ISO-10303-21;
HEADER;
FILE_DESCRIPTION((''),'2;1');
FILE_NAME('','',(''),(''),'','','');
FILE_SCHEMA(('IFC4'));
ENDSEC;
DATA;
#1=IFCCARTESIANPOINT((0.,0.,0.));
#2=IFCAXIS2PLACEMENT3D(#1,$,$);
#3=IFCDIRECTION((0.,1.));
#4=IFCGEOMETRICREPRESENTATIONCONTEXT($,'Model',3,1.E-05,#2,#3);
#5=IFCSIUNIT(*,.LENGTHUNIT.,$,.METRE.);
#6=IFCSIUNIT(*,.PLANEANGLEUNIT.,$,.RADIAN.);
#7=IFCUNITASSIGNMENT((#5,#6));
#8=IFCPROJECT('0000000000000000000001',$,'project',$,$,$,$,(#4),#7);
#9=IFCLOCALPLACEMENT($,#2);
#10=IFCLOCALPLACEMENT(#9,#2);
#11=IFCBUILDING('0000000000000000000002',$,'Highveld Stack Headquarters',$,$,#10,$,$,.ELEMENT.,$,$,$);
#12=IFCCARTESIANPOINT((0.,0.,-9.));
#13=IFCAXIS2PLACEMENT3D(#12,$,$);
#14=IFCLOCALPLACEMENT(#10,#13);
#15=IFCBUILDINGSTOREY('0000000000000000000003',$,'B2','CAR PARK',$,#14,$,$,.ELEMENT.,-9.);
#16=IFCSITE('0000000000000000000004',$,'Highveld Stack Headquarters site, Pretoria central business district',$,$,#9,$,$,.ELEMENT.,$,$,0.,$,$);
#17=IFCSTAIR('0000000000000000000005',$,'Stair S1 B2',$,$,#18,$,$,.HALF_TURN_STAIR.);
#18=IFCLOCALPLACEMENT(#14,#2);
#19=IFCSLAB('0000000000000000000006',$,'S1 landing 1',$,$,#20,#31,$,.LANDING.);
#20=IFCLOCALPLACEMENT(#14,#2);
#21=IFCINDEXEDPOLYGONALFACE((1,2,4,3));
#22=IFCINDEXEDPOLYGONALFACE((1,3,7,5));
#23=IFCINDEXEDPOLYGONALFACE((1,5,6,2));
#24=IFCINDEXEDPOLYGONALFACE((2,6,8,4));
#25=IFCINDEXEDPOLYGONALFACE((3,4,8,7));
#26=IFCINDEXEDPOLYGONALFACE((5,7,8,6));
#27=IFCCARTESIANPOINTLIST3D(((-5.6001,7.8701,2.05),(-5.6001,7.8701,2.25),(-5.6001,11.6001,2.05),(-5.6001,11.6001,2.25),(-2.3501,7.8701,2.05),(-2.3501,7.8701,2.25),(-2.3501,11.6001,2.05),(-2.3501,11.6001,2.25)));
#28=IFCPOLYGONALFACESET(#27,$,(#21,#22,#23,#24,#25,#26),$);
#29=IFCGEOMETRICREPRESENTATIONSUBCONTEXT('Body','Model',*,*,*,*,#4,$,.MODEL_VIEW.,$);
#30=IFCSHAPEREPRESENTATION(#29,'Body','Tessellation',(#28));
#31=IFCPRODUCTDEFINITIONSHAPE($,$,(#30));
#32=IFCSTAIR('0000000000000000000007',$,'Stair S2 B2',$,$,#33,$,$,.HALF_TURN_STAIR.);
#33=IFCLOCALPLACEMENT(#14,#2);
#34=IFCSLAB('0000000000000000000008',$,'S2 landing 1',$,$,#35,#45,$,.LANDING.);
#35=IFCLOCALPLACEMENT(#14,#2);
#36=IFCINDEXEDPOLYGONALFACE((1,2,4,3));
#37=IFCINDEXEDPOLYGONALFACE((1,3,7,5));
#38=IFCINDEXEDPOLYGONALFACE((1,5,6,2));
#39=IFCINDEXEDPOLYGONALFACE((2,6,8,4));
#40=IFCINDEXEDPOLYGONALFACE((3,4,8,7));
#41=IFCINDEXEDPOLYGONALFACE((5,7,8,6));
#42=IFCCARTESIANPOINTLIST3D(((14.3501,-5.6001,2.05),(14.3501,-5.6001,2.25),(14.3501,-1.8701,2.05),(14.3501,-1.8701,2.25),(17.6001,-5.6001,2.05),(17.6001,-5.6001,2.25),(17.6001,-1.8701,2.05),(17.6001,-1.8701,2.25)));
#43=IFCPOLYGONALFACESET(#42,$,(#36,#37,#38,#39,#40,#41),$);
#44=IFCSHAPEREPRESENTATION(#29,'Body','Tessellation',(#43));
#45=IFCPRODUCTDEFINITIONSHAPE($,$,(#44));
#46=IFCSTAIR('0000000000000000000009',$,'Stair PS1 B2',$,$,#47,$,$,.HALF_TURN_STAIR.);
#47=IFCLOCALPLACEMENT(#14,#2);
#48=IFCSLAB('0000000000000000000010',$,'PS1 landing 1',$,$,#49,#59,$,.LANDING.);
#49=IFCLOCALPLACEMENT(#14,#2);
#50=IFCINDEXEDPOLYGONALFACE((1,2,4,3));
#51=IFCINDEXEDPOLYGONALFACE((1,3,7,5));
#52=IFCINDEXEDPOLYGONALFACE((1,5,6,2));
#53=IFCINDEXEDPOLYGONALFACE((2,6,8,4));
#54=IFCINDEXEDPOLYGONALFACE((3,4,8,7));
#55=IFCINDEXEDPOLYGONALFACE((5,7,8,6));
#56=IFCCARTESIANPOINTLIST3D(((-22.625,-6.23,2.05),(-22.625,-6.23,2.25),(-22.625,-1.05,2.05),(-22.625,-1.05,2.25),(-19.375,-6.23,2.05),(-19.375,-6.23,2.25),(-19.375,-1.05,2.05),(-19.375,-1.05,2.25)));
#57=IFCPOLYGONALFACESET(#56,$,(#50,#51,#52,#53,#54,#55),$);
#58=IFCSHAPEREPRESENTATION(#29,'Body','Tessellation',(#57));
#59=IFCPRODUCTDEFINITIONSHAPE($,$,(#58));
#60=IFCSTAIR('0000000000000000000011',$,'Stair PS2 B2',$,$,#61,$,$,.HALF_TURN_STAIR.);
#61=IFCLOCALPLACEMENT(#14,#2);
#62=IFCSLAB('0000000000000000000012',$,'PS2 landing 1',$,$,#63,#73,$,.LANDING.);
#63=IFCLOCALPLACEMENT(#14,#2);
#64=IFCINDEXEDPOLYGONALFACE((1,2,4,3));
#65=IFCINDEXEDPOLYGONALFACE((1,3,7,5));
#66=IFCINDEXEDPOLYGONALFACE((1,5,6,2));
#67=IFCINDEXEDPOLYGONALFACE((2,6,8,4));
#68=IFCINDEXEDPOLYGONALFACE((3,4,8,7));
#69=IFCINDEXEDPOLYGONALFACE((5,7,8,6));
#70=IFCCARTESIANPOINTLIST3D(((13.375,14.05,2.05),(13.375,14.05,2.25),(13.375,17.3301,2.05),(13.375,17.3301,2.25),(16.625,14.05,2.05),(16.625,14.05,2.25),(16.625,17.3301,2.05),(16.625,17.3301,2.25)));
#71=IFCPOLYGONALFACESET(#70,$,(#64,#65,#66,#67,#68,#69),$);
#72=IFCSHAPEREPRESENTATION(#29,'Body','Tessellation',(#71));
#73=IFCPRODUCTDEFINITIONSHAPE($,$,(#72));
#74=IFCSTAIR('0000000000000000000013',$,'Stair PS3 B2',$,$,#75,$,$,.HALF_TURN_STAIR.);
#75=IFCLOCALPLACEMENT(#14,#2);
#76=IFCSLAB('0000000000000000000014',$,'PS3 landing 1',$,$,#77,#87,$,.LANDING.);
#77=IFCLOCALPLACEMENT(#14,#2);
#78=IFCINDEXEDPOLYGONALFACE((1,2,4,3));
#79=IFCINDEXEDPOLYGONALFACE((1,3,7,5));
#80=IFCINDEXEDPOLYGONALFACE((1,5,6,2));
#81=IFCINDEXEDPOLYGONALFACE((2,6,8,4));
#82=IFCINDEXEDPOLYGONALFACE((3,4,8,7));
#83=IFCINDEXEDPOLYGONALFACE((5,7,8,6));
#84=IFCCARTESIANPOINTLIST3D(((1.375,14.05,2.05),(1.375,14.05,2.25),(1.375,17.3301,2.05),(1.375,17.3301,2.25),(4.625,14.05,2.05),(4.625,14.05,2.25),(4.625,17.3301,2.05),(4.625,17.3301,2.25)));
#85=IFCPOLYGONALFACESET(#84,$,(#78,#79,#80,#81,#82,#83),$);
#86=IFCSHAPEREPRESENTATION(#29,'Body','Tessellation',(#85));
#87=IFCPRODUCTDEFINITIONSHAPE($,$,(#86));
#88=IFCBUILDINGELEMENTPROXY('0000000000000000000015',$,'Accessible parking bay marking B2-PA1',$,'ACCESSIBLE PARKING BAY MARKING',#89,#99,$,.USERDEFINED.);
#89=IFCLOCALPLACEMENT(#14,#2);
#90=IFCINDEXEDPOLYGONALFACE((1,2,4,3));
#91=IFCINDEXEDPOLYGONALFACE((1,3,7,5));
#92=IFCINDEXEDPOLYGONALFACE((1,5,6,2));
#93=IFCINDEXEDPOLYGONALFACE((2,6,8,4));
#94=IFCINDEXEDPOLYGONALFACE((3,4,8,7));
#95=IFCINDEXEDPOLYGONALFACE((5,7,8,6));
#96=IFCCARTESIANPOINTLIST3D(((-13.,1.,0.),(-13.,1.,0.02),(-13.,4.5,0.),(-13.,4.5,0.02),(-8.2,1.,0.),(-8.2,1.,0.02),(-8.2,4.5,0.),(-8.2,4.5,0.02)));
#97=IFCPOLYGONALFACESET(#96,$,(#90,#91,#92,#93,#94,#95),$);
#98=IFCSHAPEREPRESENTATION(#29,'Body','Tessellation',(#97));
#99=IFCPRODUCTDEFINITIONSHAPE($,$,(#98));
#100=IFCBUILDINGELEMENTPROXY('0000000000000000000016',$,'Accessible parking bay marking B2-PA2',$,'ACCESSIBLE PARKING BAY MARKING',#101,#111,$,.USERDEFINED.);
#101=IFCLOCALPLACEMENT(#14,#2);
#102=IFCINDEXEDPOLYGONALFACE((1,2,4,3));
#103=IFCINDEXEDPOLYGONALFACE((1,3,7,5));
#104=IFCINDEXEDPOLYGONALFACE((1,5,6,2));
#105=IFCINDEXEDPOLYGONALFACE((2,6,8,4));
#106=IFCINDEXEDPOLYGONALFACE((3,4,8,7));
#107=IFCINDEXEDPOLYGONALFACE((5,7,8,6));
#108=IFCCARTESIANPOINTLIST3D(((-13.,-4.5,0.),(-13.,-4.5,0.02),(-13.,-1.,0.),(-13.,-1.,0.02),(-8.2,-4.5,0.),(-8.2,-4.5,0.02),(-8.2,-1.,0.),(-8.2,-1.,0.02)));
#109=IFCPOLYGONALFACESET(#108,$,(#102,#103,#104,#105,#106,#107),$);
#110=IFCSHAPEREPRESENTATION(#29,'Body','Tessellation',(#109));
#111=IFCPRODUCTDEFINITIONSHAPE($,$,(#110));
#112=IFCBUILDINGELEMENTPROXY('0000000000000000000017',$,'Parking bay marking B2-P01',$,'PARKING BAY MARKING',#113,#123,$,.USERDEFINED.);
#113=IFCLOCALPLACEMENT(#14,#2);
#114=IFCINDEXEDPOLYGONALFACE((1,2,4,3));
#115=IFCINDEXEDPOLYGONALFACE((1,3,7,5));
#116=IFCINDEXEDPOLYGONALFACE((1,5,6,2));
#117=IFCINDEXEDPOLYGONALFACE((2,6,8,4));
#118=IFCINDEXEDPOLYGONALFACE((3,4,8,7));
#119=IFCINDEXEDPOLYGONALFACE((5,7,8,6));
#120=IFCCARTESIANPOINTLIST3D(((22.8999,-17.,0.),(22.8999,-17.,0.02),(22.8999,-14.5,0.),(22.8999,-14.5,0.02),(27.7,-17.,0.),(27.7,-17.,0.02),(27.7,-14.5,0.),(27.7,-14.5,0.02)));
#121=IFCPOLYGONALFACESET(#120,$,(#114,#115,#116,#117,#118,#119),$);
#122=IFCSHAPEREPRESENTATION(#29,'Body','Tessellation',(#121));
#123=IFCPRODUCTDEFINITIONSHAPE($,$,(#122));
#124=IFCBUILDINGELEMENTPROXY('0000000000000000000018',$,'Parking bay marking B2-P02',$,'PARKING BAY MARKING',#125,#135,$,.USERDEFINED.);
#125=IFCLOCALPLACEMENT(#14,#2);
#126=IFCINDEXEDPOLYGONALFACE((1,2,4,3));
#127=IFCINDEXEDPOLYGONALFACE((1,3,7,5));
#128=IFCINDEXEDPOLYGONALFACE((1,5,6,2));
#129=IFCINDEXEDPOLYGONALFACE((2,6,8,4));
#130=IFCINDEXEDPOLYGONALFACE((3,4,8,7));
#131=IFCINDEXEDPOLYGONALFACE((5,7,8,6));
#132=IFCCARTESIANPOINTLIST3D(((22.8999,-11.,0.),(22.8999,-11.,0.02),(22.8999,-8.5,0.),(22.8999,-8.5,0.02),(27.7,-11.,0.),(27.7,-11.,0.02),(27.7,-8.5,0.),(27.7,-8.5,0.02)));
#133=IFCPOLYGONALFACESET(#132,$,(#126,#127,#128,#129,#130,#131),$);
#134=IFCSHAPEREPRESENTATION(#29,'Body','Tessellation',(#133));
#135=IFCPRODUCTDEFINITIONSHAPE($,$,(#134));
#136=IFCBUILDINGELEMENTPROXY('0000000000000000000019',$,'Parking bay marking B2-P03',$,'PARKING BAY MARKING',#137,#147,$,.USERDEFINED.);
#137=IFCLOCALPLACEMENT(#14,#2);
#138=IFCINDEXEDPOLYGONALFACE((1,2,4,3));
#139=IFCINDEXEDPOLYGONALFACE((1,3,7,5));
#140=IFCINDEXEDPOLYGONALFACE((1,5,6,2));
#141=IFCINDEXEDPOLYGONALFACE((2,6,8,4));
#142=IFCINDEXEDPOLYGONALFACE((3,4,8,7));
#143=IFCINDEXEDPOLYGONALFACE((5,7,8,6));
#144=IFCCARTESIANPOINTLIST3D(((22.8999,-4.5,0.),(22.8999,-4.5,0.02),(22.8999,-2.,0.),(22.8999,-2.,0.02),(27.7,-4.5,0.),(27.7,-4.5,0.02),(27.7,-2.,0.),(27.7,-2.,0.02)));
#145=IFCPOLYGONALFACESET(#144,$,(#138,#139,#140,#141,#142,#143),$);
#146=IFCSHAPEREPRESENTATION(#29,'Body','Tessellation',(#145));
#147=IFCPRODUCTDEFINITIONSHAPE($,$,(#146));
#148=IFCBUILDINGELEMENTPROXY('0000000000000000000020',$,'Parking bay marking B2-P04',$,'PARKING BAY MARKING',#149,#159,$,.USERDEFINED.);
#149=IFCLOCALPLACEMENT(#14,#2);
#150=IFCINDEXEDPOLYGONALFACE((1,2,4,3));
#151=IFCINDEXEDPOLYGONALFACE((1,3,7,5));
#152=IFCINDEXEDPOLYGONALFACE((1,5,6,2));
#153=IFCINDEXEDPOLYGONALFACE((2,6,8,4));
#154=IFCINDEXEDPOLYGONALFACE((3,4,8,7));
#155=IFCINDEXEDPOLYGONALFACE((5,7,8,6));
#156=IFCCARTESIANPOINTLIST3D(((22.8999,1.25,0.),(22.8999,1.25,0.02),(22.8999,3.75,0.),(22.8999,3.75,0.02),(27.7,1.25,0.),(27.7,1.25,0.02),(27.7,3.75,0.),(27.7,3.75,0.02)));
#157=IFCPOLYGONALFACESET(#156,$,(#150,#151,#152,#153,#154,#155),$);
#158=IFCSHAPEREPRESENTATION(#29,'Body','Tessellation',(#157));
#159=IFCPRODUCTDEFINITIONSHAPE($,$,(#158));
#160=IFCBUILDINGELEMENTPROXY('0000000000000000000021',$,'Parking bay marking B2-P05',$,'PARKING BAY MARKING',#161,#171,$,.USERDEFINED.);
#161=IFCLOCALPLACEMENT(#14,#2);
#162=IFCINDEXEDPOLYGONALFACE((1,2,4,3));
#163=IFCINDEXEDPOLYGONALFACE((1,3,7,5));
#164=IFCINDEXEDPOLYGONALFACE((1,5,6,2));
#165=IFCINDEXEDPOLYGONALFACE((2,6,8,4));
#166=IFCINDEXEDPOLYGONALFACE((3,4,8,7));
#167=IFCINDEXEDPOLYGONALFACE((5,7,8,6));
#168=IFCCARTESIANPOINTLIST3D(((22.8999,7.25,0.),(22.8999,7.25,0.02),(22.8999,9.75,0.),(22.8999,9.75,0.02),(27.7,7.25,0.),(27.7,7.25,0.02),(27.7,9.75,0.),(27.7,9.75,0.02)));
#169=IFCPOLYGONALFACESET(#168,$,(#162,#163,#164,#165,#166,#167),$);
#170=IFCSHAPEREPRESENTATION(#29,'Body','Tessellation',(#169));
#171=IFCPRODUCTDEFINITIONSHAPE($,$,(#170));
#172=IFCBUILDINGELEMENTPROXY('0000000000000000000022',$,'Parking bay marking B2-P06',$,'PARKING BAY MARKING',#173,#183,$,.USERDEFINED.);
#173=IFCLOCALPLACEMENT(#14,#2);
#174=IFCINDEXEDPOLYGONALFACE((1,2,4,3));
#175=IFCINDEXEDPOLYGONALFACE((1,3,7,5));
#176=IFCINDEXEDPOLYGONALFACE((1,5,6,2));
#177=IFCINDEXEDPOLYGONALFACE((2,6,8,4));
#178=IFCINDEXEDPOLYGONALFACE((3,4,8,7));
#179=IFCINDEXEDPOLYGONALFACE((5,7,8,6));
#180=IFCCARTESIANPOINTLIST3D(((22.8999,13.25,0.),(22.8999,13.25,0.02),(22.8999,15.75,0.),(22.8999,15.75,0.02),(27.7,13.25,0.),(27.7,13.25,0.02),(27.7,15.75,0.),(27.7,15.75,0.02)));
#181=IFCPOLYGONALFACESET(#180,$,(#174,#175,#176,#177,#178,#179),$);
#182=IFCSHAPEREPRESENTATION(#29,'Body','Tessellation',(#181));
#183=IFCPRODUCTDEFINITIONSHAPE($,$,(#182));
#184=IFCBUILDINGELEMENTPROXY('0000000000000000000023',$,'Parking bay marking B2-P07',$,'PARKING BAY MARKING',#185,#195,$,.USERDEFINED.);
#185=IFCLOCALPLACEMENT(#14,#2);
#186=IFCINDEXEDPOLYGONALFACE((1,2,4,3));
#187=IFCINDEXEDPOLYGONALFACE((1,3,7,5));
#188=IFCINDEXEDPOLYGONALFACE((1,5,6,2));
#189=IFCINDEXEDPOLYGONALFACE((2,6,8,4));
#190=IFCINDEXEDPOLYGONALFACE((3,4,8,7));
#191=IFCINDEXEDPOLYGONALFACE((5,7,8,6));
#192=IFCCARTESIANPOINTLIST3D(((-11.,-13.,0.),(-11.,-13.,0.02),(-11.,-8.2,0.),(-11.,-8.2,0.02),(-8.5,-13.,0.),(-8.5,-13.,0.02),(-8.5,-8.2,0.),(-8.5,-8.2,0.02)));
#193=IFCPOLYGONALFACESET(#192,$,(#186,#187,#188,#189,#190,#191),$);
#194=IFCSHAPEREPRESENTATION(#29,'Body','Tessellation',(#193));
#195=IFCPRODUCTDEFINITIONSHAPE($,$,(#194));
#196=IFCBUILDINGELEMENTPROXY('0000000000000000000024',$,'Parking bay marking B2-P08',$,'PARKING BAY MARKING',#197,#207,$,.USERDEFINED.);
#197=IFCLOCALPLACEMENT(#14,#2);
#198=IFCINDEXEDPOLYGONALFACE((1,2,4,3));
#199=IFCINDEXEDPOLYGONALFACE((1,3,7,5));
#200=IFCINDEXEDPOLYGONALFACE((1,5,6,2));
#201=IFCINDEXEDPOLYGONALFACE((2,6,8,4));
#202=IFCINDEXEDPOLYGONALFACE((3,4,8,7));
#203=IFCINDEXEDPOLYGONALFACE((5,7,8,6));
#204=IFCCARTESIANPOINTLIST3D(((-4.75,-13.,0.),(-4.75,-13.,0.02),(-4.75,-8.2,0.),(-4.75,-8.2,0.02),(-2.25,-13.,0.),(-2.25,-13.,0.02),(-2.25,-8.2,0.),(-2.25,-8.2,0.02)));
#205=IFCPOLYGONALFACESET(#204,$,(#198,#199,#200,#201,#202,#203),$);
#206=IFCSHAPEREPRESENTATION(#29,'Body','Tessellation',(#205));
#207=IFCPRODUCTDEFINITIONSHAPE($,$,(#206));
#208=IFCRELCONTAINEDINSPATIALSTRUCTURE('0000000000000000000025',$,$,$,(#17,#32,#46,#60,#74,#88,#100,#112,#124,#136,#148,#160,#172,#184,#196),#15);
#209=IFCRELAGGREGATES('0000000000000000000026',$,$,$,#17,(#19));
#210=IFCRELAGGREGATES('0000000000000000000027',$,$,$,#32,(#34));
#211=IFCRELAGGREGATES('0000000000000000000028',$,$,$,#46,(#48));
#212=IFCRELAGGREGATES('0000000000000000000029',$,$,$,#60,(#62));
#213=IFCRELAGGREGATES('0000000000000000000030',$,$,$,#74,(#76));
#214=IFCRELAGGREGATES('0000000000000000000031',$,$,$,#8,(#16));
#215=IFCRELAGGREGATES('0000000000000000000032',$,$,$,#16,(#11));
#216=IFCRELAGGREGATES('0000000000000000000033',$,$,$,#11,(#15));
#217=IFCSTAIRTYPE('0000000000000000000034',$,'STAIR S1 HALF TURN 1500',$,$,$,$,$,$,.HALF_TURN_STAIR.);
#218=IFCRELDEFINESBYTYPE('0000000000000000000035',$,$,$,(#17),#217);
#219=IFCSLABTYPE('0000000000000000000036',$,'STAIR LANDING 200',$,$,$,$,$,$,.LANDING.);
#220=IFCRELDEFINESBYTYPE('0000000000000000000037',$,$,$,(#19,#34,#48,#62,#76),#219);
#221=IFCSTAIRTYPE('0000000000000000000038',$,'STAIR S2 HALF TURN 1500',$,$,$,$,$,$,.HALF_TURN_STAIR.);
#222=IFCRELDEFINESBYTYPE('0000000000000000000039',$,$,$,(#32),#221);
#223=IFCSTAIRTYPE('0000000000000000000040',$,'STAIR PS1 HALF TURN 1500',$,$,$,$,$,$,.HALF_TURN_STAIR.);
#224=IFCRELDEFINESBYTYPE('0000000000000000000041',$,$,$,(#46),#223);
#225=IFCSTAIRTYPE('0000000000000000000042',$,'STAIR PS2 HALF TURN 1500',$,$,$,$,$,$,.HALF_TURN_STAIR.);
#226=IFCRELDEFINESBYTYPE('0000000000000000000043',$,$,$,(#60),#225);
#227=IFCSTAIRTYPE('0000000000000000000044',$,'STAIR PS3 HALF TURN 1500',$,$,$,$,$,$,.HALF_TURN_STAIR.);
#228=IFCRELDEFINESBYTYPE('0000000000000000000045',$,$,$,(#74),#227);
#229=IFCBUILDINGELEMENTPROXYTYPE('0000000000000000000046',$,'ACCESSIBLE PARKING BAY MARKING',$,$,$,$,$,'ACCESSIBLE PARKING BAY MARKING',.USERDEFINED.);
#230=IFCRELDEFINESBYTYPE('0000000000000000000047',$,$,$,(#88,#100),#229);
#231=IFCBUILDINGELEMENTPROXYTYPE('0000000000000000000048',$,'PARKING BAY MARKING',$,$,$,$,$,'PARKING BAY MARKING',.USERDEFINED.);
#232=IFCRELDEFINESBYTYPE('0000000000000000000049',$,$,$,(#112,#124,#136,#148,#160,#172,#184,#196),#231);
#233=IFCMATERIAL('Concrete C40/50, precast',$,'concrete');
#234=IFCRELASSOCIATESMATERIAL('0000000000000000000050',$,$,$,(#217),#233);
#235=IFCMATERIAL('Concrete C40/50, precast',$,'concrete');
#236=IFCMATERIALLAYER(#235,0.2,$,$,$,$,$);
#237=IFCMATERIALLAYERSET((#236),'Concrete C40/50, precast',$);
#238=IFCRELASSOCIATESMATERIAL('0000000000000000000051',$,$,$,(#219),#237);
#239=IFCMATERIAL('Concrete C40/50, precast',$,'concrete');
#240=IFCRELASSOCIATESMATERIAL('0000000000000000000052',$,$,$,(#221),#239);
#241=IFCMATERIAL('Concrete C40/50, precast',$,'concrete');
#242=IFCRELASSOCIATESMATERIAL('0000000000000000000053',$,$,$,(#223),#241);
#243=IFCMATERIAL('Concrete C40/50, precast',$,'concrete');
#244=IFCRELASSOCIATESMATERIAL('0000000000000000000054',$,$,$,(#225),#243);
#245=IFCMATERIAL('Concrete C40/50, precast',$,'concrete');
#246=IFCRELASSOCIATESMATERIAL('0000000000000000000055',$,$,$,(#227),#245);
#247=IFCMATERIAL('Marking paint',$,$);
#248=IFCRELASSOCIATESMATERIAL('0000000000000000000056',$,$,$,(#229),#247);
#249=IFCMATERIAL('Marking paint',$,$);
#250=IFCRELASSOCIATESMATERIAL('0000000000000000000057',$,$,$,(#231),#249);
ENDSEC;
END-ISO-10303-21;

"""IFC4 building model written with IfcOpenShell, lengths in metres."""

from ifc_helpers import new_model, si_unit, direction, frame, origin, place, context, subcontext, project, spatial, polyline, outline, extrude, material, layer, layer_set, type_object, element, aggregate, save


model = new_model("IFC4")

# Units and contexts
model_context = context("Model", 3, precision=1e-05, world=origin(), true_north=direction((0.0, 1.0)))
body_context = subcontext(model_context, "Body", "Model", "MODEL_VIEW")
ifc_project = project(units=[si_unit("LENGTHUNIT", "METRE"), si_unit("PLANEANGLEUNIT", "RADIAN")], contexts=[model_context])

# Site, building, storey
site_placement = place(None, origin())
site = spatial("IfcSite", under=ifc_project, at=site_placement, Name="Highveld Stack Headquarters site, Pretoria central business district", CompositionType="ELEMENT", RefElevation=0.0)
building_placement = place(site_placement, origin())
building = spatial("IfcBuilding", under=site, at=building_placement, Name="Highveld Stack Headquarters", CompositionType="ELEMENT")
storey_placement = place(building_placement, frame((0.0, 0.0, -9.0)))
storey = spatial("IfcBuildingStorey", under=building, at=storey_placement, Name="B2", Description="CAR PARK", CompositionType="ELEMENT", Elevation=-9.0)

# Stairs, slabs
ifc_material_1 = material(Name="Concrete C40/50, precast", Category="concrete")
stair_type_1 = type_object("IfcStairType", Name="STAIR S1 HALF TURN 1500", PredefinedType="HALF_TURN_STAIR", material=ifc_material_1)
stair_1_placement = place(storey_placement, origin())
stair_1 = element("IfcStair", 1, at=stair_1_placement, inside=storey, type_object=stair_type_1, Name="Stair S1 B2", PredefinedType="HALF_TURN_STAIR")
ifc_material_2 = material(Name="Concrete C40/50, precast", Category="concrete")
ifc_layer = layer(ifc_material_2, 0.2)
ifc_layer_set = layer_set([ifc_layer], Name="Concrete C40/50, precast")
slab_type = type_object("IfcSlabType", Name="STAIR LANDING 200", PredefinedType="LANDING", material=ifc_layer_set)
slab_1_placement = place(storey_placement, frame((0.0, 0.0, 2.05)))
slab_1 = element("IfcSlab", 2, at=slab_1_placement, type_object=slab_type, Name="S1 landing 1", PredefinedType="LANDING", context=body_context, shape_type="SweptSolid", body=[
    extrude(outline(polyline([(-5.6001, 7.8701), (-2.3501, 7.8701), (-2.3501, 11.6001), (-5.6001, 11.6001), (-5.6001, 7.8701)])), origin(), (0.0, 0.0, 1.0), 0.2),
])
aggregate(stair_1, [slab_1])
ifc_material_3 = material(Name="Concrete C40/50, precast", Category="concrete")
stair_type_2 = type_object("IfcStairType", Name="STAIR S2 HALF TURN 1500", PredefinedType="HALF_TURN_STAIR", material=ifc_material_3)
stair_2_placement = place(storey_placement, origin())
stair_2 = element("IfcStair", 3, at=stair_2_placement, inside=storey, type_object=stair_type_2, Name="Stair S2 B2", PredefinedType="HALF_TURN_STAIR")
slab_2_placement = place(storey_placement, frame((0.0, 0.0, 2.05)))
slab_2 = element("IfcSlab", 4, at=slab_2_placement, type_object=slab_type, Name="S2 landing 1", PredefinedType="LANDING", context=body_context, shape_type="SweptSolid", body=[
    extrude(outline(polyline([(14.3501, -5.6001), (17.6001, -5.6001), (17.6001, -1.8701), (14.3501, -1.8701), (14.3501, -5.6001)])), origin(), (0.0, 0.0, 1.0), 0.2),
])
aggregate(stair_2, [slab_2])
ifc_material_4 = material(Name="Concrete C40/50, precast", Category="concrete")
stair_type_3 = type_object("IfcStairType", Name="STAIR PS1 HALF TURN 1500", PredefinedType="HALF_TURN_STAIR", material=ifc_material_4)
stair_3_placement = place(storey_placement, origin())
stair_3 = element("IfcStair", 5, at=stair_3_placement, inside=storey, type_object=stair_type_3, Name="Stair PS1 B2", PredefinedType="HALF_TURN_STAIR")
slab_3_placement = place(storey_placement, frame((0.0, 0.0, 2.05)))
slab_3 = element("IfcSlab", 6, at=slab_3_placement, type_object=slab_type, Name="PS1 landing 1", PredefinedType="LANDING", context=body_context, shape_type="SweptSolid", body=[
    extrude(outline(polyline([(-22.625, -6.23), (-19.375, -6.23), (-19.375, -1.05), (-22.625, -1.05), (-22.625, -6.23)])), origin(), (0.0, 0.0, 1.0), 0.2),
])
aggregate(stair_3, [slab_3])
ifc_material_5 = material(Name="Concrete C40/50, precast", Category="concrete")
stair_type_4 = type_object("IfcStairType", Name="STAIR PS2 HALF TURN 1500", PredefinedType="HALF_TURN_STAIR", material=ifc_material_5)
stair_4_placement = place(storey_placement, origin())
stair_4 = element("IfcStair", 7, at=stair_4_placement, inside=storey, type_object=stair_type_4, Name="Stair PS2 B2", PredefinedType="HALF_TURN_STAIR")
slab_4_placement = place(storey_placement, frame((0.0, 0.0, 2.05)))
slab_4 = element("IfcSlab", 8, at=slab_4_placement, type_object=slab_type, Name="PS2 landing 1", PredefinedType="LANDING", context=body_context, shape_type="SweptSolid", body=[
    extrude(outline(polyline([(13.375, 14.05), (16.625, 14.05), (16.625, 17.3301), (13.375, 17.3301), (13.375, 14.05)])), origin(), (0.0, 0.0, 1.0), 0.2),
])
aggregate(stair_4, [slab_4])
ifc_material_6 = material(Name="Concrete C40/50, precast", Category="concrete")
stair_type_5 = type_object("IfcStairType", Name="STAIR PS3 HALF TURN 1500", PredefinedType="HALF_TURN_STAIR", material=ifc_material_6)
stair_5_placement = place(storey_placement, origin())
stair_5 = element("IfcStair", 9, at=stair_5_placement, inside=storey, type_object=stair_type_5, Name="Stair PS3 B2", PredefinedType="HALF_TURN_STAIR")
slab_5_placement = place(storey_placement, frame((0.0, 0.0, 2.05)))
slab_5 = element("IfcSlab", 10, at=slab_5_placement, type_object=slab_type, Name="PS3 landing 1", PredefinedType="LANDING", context=body_context, shape_type="SweptSolid", body=[
    extrude(outline(polyline([(1.375, 14.05), (4.625, 14.05), (4.625, 17.3301), (1.375, 17.3301), (1.375, 14.05)])), origin(), (0.0, 0.0, 1.0), 0.2),
])
aggregate(stair_5, [slab_5])

# Building element proxies
ifc_material_7 = material(Name="Marking paint")
building_element_proxy_type_1 = type_object("IfcBuildingElementProxyType", Name="ACCESSIBLE PARKING BAY MARKING", ElementType="ACCESSIBLE PARKING BAY MARKING", PredefinedType="USERDEFINED", material=ifc_material_7)
proxy_1_placement = place(storey_placement, origin())
element("IfcBuildingElementProxy", 11, at=proxy_1_placement, inside=storey, type_object=building_element_proxy_type_1, Name="Accessible parking bay marking B2-PA1", ObjectType="ACCESSIBLE PARKING BAY MARKING", PredefinedType="USERDEFINED", context=body_context, shape_type="SweptSolid", body=[
    extrude(outline(polyline([(-8.2, 1.0), (-8.2, 4.5), (-13.0, 4.5), (-13.0, 1.0), (-8.2, 1.0)])), origin(), (0.0, 0.0, 1.0), 0.02),
])
proxy_2_placement = place(storey_placement, origin())
element("IfcBuildingElementProxy", 12, at=proxy_2_placement, inside=storey, type_object=building_element_proxy_type_1, Name="Accessible parking bay marking B2-PA2", ObjectType="ACCESSIBLE PARKING BAY MARKING", PredefinedType="USERDEFINED", context=body_context, shape_type="SweptSolid", body=[
    extrude(outline(polyline([(-8.2, -4.5), (-8.2, -1.0), (-13.0, -1.0), (-13.0, -4.5), (-8.2, -4.5)])), origin(), (0.0, 0.0, 1.0), 0.02),
])
ifc_material_8 = material(Name="Marking paint")
building_element_proxy_type_2 = type_object("IfcBuildingElementProxyType", Name="PARKING BAY MARKING", ElementType="PARKING BAY MARKING", PredefinedType="USERDEFINED", material=ifc_material_8)
proxy_3_placement = place(storey_placement, origin())
element("IfcBuildingElementProxy", 13, at=proxy_3_placement, inside=storey, type_object=building_element_proxy_type_2, Name="Parking bay marking B2-P01", ObjectType="PARKING BAY MARKING", PredefinedType="USERDEFINED", context=body_context, shape_type="SweptSolid", body=[
    extrude(outline(polyline([(27.7, -17.0), (27.7, -14.5), (22.8999, -14.5), (22.8999, -17.0), (27.7, -17.0)])), origin(), (0.0, 0.0, 1.0), 0.02),
])
proxy_4_placement = place(storey_placement, origin())
element("IfcBuildingElementProxy", 14, at=proxy_4_placement, inside=storey, type_object=building_element_proxy_type_2, Name="Parking bay marking B2-P02", ObjectType="PARKING BAY MARKING", PredefinedType="USERDEFINED", context=body_context, shape_type="SweptSolid", body=[
    extrude(outline(polyline([(27.7, -11.0), (27.7, -8.5), (22.8999, -8.5), (22.8999, -11.0), (27.7, -11.0)])), origin(), (0.0, 0.0, 1.0), 0.02),
])
proxy_5_placement = place(storey_placement, origin())
element("IfcBuildingElementProxy", 15, at=proxy_5_placement, inside=storey, type_object=building_element_proxy_type_2, Name="Parking bay marking B2-P03", ObjectType="PARKING BAY MARKING", PredefinedType="USERDEFINED", context=body_context, shape_type="SweptSolid", body=[
    extrude(outline(polyline([(27.7, -4.5), (27.7, -2.0), (22.8999, -2.0), (22.8999, -4.5), (27.7, -4.5)])), origin(), (0.0, 0.0, 1.0), 0.02),
])
proxy_6_placement = place(storey_placement, origin())
element("IfcBuildingElementProxy", 16, at=proxy_6_placement, inside=storey, type_object=building_element_proxy_type_2, Name="Parking bay marking B2-P04", ObjectType="PARKING BAY MARKING", PredefinedType="USERDEFINED", context=body_context, shape_type="SweptSolid", body=[
    extrude(outline(polyline([(27.7, 1.25), (27.7, 3.75), (22.8999, 3.75), (22.8999, 1.25), (27.7, 1.25)])), origin(), (0.0, 0.0, 1.0), 0.02),
])
proxy_7_placement = place(storey_placement, origin())
element("IfcBuildingElementProxy", 17, at=proxy_7_placement, inside=storey, type_object=building_element_proxy_type_2, Name="Parking bay marking B2-P05", ObjectType="PARKING BAY MARKING", PredefinedType="USERDEFINED", context=body_context, shape_type="SweptSolid", body=[
    extrude(outline(polyline([(27.7, 7.25), (27.7, 9.75), (22.8999, 9.75), (22.8999, 7.25), (27.7, 7.25)])), origin(), (0.0, 0.0, 1.0), 0.02),
])
proxy_8_placement = place(storey_placement, origin())
element("IfcBuildingElementProxy", 18, at=proxy_8_placement, inside=storey, type_object=building_element_proxy_type_2, Name="Parking bay marking B2-P06", ObjectType="PARKING BAY MARKING", PredefinedType="USERDEFINED", context=body_context, shape_type="SweptSolid", body=[
    extrude(outline(polyline([(27.7, 13.25), (27.7, 15.75), (22.8999, 15.75), (22.8999, 13.25), (27.7, 13.25)])), origin(), (0.0, 0.0, 1.0), 0.02),
])
proxy_9_placement = place(storey_placement, origin())
element("IfcBuildingElementProxy", 19, at=proxy_9_placement, inside=storey, type_object=building_element_proxy_type_2, Name="Parking bay marking B2-P07", ObjectType="PARKING BAY MARKING", PredefinedType="USERDEFINED", context=body_context, shape_type="SweptSolid", body=[
    extrude(outline(polyline([(-8.5, -13.0), (-8.5, -8.2), (-11.0, -8.2), (-11.0, -13.0), (-8.5, -13.0)])), origin(), (0.0, 0.0, 1.0), 0.02),
])
proxy_10_placement = place(storey_placement, origin())
element("IfcBuildingElementProxy", 20, at=proxy_10_placement, inside=storey, type_object=building_element_proxy_type_2, Name="Parking bay marking B2-P08", ObjectType="PARKING BAY MARKING", PredefinedType="USERDEFINED", context=body_context, shape_type="SweptSolid", body=[
    extrude(outline(polyline([(-2.25, -13.0), (-2.25, -8.2), (-4.75, -8.2), (-4.75, -13.0), (-2.25, -13.0)])), origin(), (0.0, 0.0, 1.0), 0.02),
])

save(model, "model.ifc")
